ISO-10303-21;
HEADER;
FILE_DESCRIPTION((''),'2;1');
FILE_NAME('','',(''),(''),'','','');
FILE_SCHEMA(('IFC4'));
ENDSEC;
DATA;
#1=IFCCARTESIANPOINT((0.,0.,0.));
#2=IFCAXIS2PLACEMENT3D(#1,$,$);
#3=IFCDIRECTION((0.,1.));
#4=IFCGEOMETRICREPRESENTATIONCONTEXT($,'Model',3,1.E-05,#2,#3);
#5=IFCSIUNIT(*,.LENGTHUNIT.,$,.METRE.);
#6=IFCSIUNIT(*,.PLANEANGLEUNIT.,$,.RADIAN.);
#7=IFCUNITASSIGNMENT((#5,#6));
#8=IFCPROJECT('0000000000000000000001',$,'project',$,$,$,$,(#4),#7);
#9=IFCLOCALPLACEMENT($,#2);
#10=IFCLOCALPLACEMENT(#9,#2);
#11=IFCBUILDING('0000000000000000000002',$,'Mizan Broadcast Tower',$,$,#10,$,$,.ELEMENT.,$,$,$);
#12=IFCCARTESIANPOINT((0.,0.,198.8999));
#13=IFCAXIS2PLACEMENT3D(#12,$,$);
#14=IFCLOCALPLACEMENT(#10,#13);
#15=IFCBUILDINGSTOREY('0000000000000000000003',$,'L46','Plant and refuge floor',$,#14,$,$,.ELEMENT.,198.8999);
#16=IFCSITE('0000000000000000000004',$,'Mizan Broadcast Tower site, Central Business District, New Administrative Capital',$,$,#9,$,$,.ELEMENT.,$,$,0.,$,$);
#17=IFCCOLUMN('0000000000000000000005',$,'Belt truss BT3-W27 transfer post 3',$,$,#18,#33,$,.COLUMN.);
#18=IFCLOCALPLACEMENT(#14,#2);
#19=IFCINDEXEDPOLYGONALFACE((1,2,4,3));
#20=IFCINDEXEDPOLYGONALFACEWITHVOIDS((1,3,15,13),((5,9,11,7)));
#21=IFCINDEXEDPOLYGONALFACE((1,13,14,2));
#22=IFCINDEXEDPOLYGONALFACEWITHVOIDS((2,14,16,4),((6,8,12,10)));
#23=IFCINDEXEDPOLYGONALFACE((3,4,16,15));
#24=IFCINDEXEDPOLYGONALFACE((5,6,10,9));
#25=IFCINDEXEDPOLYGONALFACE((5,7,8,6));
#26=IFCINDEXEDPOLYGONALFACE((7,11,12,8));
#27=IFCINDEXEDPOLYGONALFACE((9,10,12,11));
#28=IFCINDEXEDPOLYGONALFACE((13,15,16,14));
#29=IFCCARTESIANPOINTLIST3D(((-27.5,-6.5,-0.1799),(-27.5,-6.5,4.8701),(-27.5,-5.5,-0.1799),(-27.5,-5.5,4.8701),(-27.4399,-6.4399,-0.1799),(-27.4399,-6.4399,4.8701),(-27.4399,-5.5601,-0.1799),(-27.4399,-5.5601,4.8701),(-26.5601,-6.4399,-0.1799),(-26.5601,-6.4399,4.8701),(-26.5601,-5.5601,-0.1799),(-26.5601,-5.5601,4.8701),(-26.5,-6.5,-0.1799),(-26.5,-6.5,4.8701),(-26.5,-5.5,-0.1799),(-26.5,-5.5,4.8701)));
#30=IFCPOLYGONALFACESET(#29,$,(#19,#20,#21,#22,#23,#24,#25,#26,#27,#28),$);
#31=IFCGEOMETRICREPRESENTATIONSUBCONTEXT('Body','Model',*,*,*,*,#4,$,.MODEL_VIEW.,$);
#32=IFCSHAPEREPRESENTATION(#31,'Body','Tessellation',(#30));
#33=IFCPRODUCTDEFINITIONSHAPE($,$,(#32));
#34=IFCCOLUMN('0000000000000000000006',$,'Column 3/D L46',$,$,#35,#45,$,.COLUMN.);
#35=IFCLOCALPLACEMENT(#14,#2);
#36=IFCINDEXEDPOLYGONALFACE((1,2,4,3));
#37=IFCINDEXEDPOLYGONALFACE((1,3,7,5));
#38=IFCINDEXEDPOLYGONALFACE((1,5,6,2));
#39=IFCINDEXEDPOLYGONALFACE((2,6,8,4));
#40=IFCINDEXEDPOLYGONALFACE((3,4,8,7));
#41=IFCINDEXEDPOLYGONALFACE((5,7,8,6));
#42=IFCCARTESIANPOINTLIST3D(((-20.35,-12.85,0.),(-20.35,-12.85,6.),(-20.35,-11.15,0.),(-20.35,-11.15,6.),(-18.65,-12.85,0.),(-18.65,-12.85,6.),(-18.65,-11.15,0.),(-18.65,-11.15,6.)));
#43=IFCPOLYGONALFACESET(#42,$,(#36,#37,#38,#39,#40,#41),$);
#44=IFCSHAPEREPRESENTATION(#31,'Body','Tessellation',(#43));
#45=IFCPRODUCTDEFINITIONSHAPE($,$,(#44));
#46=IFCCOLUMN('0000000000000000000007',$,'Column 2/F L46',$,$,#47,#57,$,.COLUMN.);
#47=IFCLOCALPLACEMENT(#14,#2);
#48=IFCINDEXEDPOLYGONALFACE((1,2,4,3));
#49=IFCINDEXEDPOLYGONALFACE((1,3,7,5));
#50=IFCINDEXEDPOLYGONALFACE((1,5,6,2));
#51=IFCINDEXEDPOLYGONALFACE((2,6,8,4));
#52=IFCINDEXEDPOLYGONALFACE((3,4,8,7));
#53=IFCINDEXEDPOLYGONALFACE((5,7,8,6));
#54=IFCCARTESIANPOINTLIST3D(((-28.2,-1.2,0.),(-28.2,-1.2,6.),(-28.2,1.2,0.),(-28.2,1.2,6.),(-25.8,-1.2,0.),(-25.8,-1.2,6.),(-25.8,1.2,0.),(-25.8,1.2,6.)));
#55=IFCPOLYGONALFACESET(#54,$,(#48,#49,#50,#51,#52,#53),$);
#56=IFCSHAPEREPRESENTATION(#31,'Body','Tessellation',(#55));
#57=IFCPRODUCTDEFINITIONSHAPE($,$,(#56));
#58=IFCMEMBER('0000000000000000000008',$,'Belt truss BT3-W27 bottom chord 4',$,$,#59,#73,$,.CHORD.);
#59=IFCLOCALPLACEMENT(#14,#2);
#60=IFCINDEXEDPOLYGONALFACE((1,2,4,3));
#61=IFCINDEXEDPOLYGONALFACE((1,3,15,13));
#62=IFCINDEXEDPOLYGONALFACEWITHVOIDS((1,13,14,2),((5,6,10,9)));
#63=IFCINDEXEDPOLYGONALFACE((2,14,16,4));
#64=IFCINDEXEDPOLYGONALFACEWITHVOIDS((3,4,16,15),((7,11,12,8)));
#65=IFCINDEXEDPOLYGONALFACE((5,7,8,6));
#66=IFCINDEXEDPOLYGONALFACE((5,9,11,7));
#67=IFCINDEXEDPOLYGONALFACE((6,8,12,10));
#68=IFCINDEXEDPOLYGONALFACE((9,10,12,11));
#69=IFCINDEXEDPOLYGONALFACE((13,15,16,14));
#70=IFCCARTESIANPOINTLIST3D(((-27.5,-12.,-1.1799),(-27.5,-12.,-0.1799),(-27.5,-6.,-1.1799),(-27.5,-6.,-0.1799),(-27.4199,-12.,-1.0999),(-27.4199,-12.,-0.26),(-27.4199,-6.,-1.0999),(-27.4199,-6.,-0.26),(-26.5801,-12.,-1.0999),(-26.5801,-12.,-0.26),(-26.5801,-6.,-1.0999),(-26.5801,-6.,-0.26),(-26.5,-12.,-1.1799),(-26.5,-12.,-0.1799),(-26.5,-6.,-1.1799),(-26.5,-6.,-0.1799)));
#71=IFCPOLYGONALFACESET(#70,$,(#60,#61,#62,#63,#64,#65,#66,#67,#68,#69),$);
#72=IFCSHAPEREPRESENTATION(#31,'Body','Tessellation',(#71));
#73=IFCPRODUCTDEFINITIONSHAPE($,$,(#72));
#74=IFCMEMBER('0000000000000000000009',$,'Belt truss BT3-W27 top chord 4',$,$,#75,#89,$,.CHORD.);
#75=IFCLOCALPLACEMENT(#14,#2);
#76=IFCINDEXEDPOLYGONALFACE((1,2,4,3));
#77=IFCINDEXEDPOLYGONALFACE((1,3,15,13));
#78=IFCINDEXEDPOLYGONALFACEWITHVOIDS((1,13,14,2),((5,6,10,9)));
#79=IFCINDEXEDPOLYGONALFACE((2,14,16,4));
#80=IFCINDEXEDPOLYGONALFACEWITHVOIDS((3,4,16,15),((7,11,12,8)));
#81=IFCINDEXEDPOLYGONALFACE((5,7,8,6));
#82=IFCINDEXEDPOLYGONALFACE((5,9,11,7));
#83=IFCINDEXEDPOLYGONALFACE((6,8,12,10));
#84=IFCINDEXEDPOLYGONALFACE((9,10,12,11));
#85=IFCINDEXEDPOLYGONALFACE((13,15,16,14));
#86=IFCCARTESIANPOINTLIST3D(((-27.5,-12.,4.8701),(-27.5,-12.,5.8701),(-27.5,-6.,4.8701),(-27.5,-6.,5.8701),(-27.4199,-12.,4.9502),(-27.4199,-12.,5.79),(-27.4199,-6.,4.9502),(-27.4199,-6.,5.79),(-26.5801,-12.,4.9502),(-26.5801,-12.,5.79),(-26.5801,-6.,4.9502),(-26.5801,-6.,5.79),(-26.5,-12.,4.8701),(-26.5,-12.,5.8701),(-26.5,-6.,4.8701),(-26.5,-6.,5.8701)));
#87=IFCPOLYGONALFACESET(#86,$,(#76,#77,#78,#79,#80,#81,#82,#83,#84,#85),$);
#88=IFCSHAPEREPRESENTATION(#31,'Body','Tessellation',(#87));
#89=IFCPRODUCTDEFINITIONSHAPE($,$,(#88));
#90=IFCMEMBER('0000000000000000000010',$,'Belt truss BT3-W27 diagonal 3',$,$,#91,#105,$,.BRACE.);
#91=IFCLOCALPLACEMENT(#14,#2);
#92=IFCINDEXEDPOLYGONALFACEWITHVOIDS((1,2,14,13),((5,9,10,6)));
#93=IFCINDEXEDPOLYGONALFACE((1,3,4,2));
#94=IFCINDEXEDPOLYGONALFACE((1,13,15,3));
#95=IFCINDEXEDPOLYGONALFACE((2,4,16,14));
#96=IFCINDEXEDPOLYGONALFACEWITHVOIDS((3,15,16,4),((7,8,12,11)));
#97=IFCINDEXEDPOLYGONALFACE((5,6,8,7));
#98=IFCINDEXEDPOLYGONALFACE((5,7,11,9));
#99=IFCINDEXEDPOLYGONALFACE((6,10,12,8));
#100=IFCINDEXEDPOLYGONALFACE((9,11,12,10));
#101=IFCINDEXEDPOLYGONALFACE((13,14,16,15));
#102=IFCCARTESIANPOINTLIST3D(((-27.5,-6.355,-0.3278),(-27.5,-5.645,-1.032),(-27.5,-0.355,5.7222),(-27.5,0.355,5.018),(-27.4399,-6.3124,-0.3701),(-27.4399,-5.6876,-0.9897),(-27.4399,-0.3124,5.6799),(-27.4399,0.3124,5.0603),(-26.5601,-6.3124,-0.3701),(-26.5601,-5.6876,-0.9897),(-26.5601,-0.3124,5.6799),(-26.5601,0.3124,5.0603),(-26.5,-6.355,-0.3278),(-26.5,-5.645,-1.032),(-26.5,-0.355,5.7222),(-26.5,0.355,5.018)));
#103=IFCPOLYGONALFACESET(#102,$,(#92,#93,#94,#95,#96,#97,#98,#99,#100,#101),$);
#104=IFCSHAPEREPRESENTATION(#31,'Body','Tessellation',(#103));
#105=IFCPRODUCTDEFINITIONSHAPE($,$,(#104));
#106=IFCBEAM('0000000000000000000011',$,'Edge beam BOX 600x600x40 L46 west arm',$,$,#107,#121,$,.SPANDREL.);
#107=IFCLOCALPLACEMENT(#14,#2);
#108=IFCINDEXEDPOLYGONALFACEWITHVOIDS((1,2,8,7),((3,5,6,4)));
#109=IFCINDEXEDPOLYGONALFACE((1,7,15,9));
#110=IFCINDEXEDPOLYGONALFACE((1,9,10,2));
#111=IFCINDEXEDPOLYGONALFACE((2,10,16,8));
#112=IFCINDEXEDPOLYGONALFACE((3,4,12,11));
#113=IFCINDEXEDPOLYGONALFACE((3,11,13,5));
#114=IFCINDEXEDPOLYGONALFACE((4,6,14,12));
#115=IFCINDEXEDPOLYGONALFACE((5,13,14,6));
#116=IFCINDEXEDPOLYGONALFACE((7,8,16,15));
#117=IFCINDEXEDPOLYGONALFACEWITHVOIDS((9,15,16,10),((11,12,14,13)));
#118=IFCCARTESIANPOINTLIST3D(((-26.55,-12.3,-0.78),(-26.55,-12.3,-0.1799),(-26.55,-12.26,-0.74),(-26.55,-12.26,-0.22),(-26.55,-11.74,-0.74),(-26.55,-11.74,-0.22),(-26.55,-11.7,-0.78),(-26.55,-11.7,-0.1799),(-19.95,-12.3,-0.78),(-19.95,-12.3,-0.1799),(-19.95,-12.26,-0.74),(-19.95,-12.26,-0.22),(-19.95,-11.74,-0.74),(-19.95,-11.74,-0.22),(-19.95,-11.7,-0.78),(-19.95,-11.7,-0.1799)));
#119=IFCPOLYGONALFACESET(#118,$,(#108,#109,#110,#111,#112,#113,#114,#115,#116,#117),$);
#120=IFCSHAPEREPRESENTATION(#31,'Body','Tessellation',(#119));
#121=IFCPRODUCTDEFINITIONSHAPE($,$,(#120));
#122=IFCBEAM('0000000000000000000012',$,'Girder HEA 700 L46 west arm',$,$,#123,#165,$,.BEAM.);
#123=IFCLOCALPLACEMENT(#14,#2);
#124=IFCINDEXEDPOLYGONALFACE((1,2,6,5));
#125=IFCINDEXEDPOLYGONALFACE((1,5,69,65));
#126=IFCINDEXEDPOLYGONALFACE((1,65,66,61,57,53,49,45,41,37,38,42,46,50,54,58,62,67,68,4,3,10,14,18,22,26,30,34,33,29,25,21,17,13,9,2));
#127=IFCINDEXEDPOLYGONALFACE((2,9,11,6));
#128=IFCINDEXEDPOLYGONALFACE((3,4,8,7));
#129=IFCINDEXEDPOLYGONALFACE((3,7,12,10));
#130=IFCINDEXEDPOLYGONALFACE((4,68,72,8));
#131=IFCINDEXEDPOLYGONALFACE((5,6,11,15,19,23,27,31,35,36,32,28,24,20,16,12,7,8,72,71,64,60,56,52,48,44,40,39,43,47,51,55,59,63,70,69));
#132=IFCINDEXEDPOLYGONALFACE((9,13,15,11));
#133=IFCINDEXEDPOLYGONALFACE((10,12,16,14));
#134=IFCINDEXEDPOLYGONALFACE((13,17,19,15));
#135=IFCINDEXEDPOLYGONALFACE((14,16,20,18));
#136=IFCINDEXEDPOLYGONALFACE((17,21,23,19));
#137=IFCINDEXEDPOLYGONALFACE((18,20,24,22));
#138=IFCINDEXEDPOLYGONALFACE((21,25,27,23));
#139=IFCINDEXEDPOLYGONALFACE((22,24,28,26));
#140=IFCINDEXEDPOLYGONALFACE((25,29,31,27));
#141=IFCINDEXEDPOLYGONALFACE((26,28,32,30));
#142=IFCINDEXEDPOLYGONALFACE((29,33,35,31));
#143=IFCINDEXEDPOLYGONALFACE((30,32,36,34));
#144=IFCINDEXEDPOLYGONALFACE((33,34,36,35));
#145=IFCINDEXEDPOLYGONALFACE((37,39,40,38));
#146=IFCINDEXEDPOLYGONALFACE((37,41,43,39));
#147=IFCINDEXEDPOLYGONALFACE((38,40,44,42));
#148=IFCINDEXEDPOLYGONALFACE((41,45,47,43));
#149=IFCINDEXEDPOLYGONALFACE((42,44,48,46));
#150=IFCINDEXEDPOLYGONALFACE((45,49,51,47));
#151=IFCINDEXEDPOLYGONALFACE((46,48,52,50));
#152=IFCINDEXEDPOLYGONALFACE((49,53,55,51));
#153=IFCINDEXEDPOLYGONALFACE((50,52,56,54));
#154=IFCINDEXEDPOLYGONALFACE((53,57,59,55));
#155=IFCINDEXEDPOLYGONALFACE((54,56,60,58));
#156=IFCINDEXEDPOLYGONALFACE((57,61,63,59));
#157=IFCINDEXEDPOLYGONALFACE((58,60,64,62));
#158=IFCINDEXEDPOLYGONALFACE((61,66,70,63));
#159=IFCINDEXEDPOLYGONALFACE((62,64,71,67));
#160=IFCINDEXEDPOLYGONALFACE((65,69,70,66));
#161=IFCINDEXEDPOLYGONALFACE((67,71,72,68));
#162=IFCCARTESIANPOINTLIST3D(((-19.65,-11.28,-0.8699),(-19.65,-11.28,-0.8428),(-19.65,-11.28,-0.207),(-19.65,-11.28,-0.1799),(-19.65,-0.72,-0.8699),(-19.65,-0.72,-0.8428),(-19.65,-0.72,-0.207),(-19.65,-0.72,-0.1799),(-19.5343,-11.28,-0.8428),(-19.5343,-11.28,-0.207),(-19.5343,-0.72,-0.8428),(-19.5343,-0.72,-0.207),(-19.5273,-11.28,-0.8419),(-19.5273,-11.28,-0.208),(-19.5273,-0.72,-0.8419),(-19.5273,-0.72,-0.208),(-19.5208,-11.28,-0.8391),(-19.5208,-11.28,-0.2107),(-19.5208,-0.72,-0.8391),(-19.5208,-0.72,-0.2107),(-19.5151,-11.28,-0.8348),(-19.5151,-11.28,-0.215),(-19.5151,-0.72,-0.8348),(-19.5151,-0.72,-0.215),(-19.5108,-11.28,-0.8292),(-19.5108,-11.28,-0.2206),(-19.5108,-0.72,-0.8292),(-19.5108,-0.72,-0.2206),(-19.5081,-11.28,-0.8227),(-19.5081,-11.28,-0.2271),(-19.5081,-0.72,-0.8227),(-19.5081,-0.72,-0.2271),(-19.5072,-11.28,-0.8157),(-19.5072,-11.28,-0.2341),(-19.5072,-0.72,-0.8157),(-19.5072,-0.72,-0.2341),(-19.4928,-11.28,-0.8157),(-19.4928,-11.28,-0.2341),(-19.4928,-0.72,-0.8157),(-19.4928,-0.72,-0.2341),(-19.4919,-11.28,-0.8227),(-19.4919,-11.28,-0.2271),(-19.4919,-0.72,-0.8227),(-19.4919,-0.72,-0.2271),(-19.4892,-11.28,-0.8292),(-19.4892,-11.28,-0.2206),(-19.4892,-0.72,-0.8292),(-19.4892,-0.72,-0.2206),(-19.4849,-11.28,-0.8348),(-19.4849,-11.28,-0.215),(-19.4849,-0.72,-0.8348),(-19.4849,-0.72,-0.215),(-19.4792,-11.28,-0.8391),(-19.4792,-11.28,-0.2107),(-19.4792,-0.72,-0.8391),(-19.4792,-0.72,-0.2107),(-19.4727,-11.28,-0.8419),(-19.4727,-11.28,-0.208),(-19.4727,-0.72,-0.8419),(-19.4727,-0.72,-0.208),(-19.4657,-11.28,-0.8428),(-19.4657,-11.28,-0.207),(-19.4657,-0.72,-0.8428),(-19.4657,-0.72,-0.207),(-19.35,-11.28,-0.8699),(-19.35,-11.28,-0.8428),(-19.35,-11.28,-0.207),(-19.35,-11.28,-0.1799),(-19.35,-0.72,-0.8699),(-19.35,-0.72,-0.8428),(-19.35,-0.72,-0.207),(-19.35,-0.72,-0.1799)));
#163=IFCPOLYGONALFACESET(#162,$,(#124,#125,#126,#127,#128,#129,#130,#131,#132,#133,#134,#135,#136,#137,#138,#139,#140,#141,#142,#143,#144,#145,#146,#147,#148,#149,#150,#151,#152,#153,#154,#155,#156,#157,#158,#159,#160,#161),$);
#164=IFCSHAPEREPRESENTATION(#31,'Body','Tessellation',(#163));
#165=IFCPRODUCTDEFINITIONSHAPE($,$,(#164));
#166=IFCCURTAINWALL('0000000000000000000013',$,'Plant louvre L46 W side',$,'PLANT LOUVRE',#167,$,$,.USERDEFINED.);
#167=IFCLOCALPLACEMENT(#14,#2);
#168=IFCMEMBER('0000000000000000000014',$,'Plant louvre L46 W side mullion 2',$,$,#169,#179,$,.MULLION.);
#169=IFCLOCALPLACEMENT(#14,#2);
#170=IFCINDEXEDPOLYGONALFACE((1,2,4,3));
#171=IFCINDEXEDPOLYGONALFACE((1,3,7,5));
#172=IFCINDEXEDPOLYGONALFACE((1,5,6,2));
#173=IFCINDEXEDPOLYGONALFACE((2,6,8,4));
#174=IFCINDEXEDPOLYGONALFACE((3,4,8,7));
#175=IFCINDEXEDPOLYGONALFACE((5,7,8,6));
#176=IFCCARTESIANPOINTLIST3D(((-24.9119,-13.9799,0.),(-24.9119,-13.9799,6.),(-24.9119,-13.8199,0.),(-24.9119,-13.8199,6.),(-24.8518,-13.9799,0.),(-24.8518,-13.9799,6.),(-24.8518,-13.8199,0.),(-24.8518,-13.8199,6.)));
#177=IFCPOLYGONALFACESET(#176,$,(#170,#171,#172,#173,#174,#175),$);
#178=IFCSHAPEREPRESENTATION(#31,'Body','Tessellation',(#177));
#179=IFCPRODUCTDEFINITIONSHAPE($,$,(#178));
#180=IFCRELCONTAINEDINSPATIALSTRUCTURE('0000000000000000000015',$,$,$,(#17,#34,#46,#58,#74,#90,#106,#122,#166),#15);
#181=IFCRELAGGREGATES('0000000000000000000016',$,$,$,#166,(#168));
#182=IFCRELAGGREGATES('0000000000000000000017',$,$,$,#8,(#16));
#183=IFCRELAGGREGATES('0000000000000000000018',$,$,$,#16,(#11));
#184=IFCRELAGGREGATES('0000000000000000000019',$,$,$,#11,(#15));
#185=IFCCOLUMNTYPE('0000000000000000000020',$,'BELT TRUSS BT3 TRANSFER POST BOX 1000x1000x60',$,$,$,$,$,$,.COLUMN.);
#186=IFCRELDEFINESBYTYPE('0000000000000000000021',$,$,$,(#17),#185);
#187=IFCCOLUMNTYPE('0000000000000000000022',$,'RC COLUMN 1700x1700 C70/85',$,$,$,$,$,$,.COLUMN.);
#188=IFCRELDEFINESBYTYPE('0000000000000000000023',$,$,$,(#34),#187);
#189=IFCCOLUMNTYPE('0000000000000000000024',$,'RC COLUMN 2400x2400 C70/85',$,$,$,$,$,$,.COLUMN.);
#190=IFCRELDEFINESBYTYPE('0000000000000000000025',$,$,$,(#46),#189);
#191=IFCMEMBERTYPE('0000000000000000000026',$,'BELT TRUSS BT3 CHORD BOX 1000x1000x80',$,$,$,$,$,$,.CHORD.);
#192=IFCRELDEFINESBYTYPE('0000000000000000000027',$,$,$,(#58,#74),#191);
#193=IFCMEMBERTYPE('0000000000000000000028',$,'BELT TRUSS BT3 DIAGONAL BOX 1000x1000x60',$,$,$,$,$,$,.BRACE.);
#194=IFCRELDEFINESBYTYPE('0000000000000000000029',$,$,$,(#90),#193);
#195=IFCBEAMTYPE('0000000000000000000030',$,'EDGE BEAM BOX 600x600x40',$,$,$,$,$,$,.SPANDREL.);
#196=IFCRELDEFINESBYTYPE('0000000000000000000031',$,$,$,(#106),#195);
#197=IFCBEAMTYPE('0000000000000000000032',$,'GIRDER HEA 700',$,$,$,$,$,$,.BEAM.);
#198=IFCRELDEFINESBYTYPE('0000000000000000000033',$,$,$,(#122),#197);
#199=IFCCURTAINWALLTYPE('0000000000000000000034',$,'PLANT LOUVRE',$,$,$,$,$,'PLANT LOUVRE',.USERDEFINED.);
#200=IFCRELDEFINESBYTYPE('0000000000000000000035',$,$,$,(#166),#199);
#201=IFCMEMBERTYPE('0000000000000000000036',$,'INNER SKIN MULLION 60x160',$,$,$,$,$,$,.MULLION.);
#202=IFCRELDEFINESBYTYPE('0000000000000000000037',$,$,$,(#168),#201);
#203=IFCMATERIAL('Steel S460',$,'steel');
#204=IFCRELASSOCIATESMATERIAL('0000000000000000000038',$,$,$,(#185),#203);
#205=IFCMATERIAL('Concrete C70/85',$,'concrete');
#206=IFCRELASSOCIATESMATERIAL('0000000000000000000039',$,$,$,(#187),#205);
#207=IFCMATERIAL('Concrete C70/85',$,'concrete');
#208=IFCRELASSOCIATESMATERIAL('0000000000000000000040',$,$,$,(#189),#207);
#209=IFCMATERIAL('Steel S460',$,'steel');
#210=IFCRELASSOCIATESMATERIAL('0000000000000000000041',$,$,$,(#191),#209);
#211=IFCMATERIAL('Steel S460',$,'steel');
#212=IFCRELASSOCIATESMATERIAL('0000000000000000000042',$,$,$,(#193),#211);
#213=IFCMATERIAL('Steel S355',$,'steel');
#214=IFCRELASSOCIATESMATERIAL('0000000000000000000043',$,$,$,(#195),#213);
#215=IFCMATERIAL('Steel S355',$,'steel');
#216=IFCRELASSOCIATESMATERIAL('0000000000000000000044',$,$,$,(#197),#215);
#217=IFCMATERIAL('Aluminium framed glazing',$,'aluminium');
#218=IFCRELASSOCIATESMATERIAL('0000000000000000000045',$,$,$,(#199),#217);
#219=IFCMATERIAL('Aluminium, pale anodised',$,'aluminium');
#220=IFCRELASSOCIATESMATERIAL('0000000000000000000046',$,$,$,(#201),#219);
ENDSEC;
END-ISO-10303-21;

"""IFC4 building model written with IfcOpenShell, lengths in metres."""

from ifc_helpers import new_model, si_unit, direction, frame, origin, origin_2d, place, context, subcontext, project, spatial, rectangle, hollow_rectangle, i_section, extrude, material, material_profile, profile_set, type_object, element, aggregate, save


model = new_model("IFC4")

# Units and contexts
model_context = context("Model", 3, precision=1e-05, world=origin(), true_north=direction((0.0, 1.0)))
body_context = subcontext(model_context, "Body", "Model", "MODEL_VIEW")
ifc_project = project(units=[si_unit("LENGTHUNIT", "METRE"), si_unit("PLANEANGLEUNIT", "RADIAN")], contexts=[model_context])

# Site, building, storey
site_placement = place(None, origin())
site = spatial("IfcSite", under=ifc_project, at=site_placement, Name="Mizan Broadcast Tower site, Central Business District, New Administrative Capital", CompositionType="ELEMENT", RefElevation=0.0)
building_placement = place(site_placement, origin())
building = spatial("IfcBuilding", under=site, at=building_placement, Name="Mizan Broadcast Tower", CompositionType="ELEMENT")
storey_placement = place(building_placement, frame((0.0, 0.0, 198.8999)))
storey = spatial("IfcBuildingStorey", under=building, at=storey_placement, Name="L46", Description="Plant and refuge floor", CompositionType="ELEMENT", Elevation=198.8999)

# Columns
ifc_material_1 = material(Name="Steel S460", Category="steel")
ifc_material_profile_1 = material_profile(ifc_material_1, hollow_rectangle(XDim=1.0, YDim=1.0, WallThickness=0.0601, at=origin_2d()), Name="BOX 1000x1000x60")
ifc_profile_set_1 = profile_set([ifc_material_profile_1], Name="Steel S460")
column_type_1 = type_object("IfcColumnType", Name="BELT TRUSS BT3 TRANSFER POST BOX 1000x1000x60", PredefinedType="COLUMN", material=ifc_profile_set_1)
column_1_placement = place(storey_placement, frame((-27.0, -6.0, -0.1799), z_axis=(0.0, 0.0, 1.0), x_axis=(1.0, 0.0, 0.0)))
element("IfcColumn", 1, at=column_1_placement, inside=storey, type_object=column_type_1, Name="Belt truss BT3-W27 transfer post 3", PredefinedType="COLUMN", context=body_context, shape_type="SweptSolid", body=[
    extrude(hollow_rectangle(XDim=1.0, YDim=1.0, WallThickness=0.0601, at=origin_2d()), origin(), (0.0, 0.0, 1.0), 5.05),
])
ifc_material_2 = material(Name="Concrete C70/85", Category="concrete")
ifc_material_profile_2 = material_profile(ifc_material_2, rectangle(XDim=1.7, YDim=1.7, at=origin_2d()), Name="RC 1700x1700")
ifc_profile_set_2 = profile_set([ifc_material_profile_2], Name="Concrete C70/85")
column_type_2 = type_object("IfcColumnType", Name="RC COLUMN 1700x1700 C70/85", PredefinedType="COLUMN", material=ifc_profile_set_2)
column_2_placement = place(storey_placement, frame((-19.5, -12.0, 0.0), z_axis=(0.0, 0.0, 1.0), x_axis=(1.0, 0.0, 0.0)))
element("IfcColumn", 2, at=column_2_placement, inside=storey, type_object=column_type_2, Name="Column 3/D L46", PredefinedType="COLUMN", context=body_context, shape_type="SweptSolid", body=[
    extrude(rectangle(XDim=1.7, YDim=1.7, at=origin_2d()), origin(), (0.0, 0.0, 1.0), 6.0),
])
ifc_material_3 = material(Name="Concrete C70/85", Category="concrete")
ifc_material_profile_3 = material_profile(ifc_material_3, rectangle(XDim=2.3999, YDim=2.3999, at=origin_2d()), Name="RC 2400x2400")
ifc_profile_set_3 = profile_set([ifc_material_profile_3], Name="Concrete C70/85")
column_type_3 = type_object("IfcColumnType", Name="RC COLUMN 2400x2400 C70/85", PredefinedType="COLUMN", material=ifc_profile_set_3)
column_3_placement = place(storey_placement, frame((-27.0, 0.0, 0.0), z_axis=(0.0, 0.0, 1.0), x_axis=(1.0, 0.0, 0.0)))
element("IfcColumn", 3, at=column_3_placement, inside=storey, type_object=column_type_3, Name="Column 2/F L46", PredefinedType="COLUMN", context=body_context, shape_type="SweptSolid", body=[
    extrude(rectangle(XDim=2.3999, YDim=2.3999, at=origin_2d()), origin(), (0.0, 0.0, 1.0), 6.0),
])

# Members
ifc_material_4 = material(Name="Steel S460", Category="steel")
ifc_material_profile_4 = material_profile(ifc_material_4, hollow_rectangle(XDim=1.0, YDim=1.0, WallThickness=0.0801, at=origin_2d()), Name="BOX 1000x1000x80")
ifc_profile_set_4 = profile_set([ifc_material_profile_4], Name="Steel S460")
member_type_1 = type_object("IfcMemberType", Name="BELT TRUSS BT3 CHORD BOX 1000x1000x80", PredefinedType="CHORD", material=ifc_profile_set_4)
for number, where, z_axis, x_axis, name in (
    (4, (-27.0, -6.0, -0.6799), (0.0, -1.0, 0.0), (1.0, 0.0, 0.0), "Belt truss BT3-W27 bottom chord 4"),
    (5, (-27.0, -6.0, 5.3701), (0.0, -1.0, 0.0), (1.0, 0.0, 0.0), "Belt truss BT3-W27 top chord 4"),
):
    element("IfcMember", number, at=place(storey_placement, frame(where, z_axis=z_axis, x_axis=x_axis)), inside=storey, type_object=member_type_1, Name=name, PredefinedType="CHORD", context=body_context, shape_type="SweptSolid", body=[
        extrude(hollow_rectangle(XDim=1.0, YDim=1.0, WallThickness=0.0801, at=origin_2d()), origin(), (0.0, 0.0, 1.0), 6.0),
    ])
ifc_material_5 = material(Name="Steel S460", Category="steel")
ifc_material_profile_5 = material_profile(ifc_material_5, hollow_rectangle(XDim=1.0, YDim=1.0, WallThickness=0.0601, at=origin_2d()), Name="BOX 1000x1000x60")
ifc_profile_set_5 = profile_set([ifc_material_profile_5], Name="Steel S460")
member_type_2 = type_object("IfcMemberType", Name="BELT TRUSS BT3 DIAGONAL BOX 1000x1000x60", PredefinedType="BRACE", material=ifc_profile_set_5)
member_1_placement = place(storey_placement, frame((-27.0, -6.0, -0.6799), z_axis=(0.0, 0.704164, 0.710038), x_axis=(-1.0, 0.0, 0.0)))
element("IfcMember", 6, at=member_1_placement, inside=storey, type_object=member_type_2, Name="Belt truss BT3-W27 diagonal 3", PredefinedType="BRACE", context=body_context, shape_type="SweptSolid", body=[
    extrude(hollow_rectangle(XDim=1.0, YDim=1.0, WallThickness=0.0601, at=origin_2d()), origin(), (0.0, 0.0, 1.0), 8.5208),
])

# Beams
ifc_material_6 = material(Name="Steel S355", Category="steel")
ifc_material_profile_6 = material_profile(ifc_material_6, hollow_rectangle(XDim=0.6001, YDim=0.6001, WallThickness=0.04, at=origin_2d()), Name="BOX 600x600x40")
ifc_profile_set_6 = profile_set([ifc_material_profile_6], Name="Steel S355")
beam_type_1 = type_object("IfcBeamType", Name="EDGE BEAM BOX 600x600x40", PredefinedType="SPANDREL", material=ifc_profile_set_6)
beam_1_placement = place(storey_placement, frame((-19.95, -12.0, -0.48), z_axis=(-1.0, 0.0, 0.0), x_axis=(0.0, -1.0, 0.0)))
element("IfcBeam", 7, at=beam_1_placement, inside=storey, type_object=beam_type_1, Name="Edge beam BOX 600x600x40 L46 west arm", PredefinedType="SPANDREL", context=body_context, shape_type="SweptSolid", body=[
    extrude(hollow_rectangle(XDim=0.6001, YDim=0.6001, WallThickness=0.04, at=origin_2d()), origin(), (0.0, 0.0, 1.0), 6.6001),
])
ifc_material_7 = material(Name="Steel S355", Category="steel")
ifc_material_profile_7 = material_profile(ifc_material_7, i_section(OverallWidth=0.3, OverallDepth=0.6899, WebThickness=0.0144, FlangeThickness=0.0271, FilletRadius=0.0271, at=origin_2d()), Name="HEA 700")
ifc_profile_set_7 = profile_set([ifc_material_profile_7], Name="Steel S355")
beam_type_2 = type_object("IfcBeamType", Name="GIRDER HEA 700", PredefinedType="BEAM", material=ifc_profile_set_7)
beam_2_placement = place(storey_placement, frame((-19.5, -11.28, -0.5249), z_axis=(0.0, 1.0, 0.0), x_axis=(-1.0, 0.0, 0.0)))
element("IfcBeam", 8, at=beam_2_placement, inside=storey, type_object=beam_type_2, Name="Girder HEA 700 L46 west arm", PredefinedType="BEAM", context=body_context, shape_type="SweptSolid", body=[
    extrude(i_section(OverallWidth=0.3, OverallDepth=0.6899, WebThickness=0.0144, FlangeThickness=0.0271, FilletRadius=0.0271, at=origin_2d()), origin(), (0.0, 0.0, 1.0), 10.5601),
])

# Curtain wall, member
ifc_material_8 = material(Name="Aluminium framed glazing", Category="aluminium")
curtain_wall_type = type_object("IfcCurtainWallType", Name="PLANT LOUVRE", ElementType="PLANT LOUVRE", PredefinedType="USERDEFINED", material=ifc_material_8)
curtain_wall_1_placement = place(storey_placement, origin())
curtain_wall_1 = element("IfcCurtainWall", 9, at=curtain_wall_1_placement, inside=storey, type_object=curtain_wall_type, Name="Plant louvre L46 W side", ObjectType="PLANT LOUVRE", PredefinedType="USERDEFINED")
ifc_material_9 = material(Name="Aluminium, pale anodised", Category="aluminium")
ifc_material_profile_8 = material_profile(ifc_material_9, rectangle(XDim=0.1599, YDim=0.0601, at=origin_2d()), Name="MULLION 160x60")
ifc_profile_set_8 = profile_set([ifc_material_profile_8], Name="Aluminium, pale anodised")
member_type_3 = type_object("IfcMemberType", Name="INNER SKIN MULLION 60x160", PredefinedType="MULLION", material=ifc_profile_set_8)
member_2_placement = place(storey_placement, frame((-24.8818, -13.8999, 0.0), z_axis=(0.0, 0.0, 1.0), x_axis=(0.0, 1.0, 0.0)))
member_2 = element("IfcMember", 10, at=member_2_placement, type_object=member_type_3, Name="Plant louvre L46 W side mullion 2", PredefinedType="MULLION", context=body_context, shape_type="SweptSolid", body=[
    extrude(rectangle(XDim=0.1599, YDim=0.0601, at=origin_2d()), origin(), (0.0, 0.0, 1.0), 6.0),
])

aggregate(curtain_wall_1, [member_2])

save(model, "model.ifc")
